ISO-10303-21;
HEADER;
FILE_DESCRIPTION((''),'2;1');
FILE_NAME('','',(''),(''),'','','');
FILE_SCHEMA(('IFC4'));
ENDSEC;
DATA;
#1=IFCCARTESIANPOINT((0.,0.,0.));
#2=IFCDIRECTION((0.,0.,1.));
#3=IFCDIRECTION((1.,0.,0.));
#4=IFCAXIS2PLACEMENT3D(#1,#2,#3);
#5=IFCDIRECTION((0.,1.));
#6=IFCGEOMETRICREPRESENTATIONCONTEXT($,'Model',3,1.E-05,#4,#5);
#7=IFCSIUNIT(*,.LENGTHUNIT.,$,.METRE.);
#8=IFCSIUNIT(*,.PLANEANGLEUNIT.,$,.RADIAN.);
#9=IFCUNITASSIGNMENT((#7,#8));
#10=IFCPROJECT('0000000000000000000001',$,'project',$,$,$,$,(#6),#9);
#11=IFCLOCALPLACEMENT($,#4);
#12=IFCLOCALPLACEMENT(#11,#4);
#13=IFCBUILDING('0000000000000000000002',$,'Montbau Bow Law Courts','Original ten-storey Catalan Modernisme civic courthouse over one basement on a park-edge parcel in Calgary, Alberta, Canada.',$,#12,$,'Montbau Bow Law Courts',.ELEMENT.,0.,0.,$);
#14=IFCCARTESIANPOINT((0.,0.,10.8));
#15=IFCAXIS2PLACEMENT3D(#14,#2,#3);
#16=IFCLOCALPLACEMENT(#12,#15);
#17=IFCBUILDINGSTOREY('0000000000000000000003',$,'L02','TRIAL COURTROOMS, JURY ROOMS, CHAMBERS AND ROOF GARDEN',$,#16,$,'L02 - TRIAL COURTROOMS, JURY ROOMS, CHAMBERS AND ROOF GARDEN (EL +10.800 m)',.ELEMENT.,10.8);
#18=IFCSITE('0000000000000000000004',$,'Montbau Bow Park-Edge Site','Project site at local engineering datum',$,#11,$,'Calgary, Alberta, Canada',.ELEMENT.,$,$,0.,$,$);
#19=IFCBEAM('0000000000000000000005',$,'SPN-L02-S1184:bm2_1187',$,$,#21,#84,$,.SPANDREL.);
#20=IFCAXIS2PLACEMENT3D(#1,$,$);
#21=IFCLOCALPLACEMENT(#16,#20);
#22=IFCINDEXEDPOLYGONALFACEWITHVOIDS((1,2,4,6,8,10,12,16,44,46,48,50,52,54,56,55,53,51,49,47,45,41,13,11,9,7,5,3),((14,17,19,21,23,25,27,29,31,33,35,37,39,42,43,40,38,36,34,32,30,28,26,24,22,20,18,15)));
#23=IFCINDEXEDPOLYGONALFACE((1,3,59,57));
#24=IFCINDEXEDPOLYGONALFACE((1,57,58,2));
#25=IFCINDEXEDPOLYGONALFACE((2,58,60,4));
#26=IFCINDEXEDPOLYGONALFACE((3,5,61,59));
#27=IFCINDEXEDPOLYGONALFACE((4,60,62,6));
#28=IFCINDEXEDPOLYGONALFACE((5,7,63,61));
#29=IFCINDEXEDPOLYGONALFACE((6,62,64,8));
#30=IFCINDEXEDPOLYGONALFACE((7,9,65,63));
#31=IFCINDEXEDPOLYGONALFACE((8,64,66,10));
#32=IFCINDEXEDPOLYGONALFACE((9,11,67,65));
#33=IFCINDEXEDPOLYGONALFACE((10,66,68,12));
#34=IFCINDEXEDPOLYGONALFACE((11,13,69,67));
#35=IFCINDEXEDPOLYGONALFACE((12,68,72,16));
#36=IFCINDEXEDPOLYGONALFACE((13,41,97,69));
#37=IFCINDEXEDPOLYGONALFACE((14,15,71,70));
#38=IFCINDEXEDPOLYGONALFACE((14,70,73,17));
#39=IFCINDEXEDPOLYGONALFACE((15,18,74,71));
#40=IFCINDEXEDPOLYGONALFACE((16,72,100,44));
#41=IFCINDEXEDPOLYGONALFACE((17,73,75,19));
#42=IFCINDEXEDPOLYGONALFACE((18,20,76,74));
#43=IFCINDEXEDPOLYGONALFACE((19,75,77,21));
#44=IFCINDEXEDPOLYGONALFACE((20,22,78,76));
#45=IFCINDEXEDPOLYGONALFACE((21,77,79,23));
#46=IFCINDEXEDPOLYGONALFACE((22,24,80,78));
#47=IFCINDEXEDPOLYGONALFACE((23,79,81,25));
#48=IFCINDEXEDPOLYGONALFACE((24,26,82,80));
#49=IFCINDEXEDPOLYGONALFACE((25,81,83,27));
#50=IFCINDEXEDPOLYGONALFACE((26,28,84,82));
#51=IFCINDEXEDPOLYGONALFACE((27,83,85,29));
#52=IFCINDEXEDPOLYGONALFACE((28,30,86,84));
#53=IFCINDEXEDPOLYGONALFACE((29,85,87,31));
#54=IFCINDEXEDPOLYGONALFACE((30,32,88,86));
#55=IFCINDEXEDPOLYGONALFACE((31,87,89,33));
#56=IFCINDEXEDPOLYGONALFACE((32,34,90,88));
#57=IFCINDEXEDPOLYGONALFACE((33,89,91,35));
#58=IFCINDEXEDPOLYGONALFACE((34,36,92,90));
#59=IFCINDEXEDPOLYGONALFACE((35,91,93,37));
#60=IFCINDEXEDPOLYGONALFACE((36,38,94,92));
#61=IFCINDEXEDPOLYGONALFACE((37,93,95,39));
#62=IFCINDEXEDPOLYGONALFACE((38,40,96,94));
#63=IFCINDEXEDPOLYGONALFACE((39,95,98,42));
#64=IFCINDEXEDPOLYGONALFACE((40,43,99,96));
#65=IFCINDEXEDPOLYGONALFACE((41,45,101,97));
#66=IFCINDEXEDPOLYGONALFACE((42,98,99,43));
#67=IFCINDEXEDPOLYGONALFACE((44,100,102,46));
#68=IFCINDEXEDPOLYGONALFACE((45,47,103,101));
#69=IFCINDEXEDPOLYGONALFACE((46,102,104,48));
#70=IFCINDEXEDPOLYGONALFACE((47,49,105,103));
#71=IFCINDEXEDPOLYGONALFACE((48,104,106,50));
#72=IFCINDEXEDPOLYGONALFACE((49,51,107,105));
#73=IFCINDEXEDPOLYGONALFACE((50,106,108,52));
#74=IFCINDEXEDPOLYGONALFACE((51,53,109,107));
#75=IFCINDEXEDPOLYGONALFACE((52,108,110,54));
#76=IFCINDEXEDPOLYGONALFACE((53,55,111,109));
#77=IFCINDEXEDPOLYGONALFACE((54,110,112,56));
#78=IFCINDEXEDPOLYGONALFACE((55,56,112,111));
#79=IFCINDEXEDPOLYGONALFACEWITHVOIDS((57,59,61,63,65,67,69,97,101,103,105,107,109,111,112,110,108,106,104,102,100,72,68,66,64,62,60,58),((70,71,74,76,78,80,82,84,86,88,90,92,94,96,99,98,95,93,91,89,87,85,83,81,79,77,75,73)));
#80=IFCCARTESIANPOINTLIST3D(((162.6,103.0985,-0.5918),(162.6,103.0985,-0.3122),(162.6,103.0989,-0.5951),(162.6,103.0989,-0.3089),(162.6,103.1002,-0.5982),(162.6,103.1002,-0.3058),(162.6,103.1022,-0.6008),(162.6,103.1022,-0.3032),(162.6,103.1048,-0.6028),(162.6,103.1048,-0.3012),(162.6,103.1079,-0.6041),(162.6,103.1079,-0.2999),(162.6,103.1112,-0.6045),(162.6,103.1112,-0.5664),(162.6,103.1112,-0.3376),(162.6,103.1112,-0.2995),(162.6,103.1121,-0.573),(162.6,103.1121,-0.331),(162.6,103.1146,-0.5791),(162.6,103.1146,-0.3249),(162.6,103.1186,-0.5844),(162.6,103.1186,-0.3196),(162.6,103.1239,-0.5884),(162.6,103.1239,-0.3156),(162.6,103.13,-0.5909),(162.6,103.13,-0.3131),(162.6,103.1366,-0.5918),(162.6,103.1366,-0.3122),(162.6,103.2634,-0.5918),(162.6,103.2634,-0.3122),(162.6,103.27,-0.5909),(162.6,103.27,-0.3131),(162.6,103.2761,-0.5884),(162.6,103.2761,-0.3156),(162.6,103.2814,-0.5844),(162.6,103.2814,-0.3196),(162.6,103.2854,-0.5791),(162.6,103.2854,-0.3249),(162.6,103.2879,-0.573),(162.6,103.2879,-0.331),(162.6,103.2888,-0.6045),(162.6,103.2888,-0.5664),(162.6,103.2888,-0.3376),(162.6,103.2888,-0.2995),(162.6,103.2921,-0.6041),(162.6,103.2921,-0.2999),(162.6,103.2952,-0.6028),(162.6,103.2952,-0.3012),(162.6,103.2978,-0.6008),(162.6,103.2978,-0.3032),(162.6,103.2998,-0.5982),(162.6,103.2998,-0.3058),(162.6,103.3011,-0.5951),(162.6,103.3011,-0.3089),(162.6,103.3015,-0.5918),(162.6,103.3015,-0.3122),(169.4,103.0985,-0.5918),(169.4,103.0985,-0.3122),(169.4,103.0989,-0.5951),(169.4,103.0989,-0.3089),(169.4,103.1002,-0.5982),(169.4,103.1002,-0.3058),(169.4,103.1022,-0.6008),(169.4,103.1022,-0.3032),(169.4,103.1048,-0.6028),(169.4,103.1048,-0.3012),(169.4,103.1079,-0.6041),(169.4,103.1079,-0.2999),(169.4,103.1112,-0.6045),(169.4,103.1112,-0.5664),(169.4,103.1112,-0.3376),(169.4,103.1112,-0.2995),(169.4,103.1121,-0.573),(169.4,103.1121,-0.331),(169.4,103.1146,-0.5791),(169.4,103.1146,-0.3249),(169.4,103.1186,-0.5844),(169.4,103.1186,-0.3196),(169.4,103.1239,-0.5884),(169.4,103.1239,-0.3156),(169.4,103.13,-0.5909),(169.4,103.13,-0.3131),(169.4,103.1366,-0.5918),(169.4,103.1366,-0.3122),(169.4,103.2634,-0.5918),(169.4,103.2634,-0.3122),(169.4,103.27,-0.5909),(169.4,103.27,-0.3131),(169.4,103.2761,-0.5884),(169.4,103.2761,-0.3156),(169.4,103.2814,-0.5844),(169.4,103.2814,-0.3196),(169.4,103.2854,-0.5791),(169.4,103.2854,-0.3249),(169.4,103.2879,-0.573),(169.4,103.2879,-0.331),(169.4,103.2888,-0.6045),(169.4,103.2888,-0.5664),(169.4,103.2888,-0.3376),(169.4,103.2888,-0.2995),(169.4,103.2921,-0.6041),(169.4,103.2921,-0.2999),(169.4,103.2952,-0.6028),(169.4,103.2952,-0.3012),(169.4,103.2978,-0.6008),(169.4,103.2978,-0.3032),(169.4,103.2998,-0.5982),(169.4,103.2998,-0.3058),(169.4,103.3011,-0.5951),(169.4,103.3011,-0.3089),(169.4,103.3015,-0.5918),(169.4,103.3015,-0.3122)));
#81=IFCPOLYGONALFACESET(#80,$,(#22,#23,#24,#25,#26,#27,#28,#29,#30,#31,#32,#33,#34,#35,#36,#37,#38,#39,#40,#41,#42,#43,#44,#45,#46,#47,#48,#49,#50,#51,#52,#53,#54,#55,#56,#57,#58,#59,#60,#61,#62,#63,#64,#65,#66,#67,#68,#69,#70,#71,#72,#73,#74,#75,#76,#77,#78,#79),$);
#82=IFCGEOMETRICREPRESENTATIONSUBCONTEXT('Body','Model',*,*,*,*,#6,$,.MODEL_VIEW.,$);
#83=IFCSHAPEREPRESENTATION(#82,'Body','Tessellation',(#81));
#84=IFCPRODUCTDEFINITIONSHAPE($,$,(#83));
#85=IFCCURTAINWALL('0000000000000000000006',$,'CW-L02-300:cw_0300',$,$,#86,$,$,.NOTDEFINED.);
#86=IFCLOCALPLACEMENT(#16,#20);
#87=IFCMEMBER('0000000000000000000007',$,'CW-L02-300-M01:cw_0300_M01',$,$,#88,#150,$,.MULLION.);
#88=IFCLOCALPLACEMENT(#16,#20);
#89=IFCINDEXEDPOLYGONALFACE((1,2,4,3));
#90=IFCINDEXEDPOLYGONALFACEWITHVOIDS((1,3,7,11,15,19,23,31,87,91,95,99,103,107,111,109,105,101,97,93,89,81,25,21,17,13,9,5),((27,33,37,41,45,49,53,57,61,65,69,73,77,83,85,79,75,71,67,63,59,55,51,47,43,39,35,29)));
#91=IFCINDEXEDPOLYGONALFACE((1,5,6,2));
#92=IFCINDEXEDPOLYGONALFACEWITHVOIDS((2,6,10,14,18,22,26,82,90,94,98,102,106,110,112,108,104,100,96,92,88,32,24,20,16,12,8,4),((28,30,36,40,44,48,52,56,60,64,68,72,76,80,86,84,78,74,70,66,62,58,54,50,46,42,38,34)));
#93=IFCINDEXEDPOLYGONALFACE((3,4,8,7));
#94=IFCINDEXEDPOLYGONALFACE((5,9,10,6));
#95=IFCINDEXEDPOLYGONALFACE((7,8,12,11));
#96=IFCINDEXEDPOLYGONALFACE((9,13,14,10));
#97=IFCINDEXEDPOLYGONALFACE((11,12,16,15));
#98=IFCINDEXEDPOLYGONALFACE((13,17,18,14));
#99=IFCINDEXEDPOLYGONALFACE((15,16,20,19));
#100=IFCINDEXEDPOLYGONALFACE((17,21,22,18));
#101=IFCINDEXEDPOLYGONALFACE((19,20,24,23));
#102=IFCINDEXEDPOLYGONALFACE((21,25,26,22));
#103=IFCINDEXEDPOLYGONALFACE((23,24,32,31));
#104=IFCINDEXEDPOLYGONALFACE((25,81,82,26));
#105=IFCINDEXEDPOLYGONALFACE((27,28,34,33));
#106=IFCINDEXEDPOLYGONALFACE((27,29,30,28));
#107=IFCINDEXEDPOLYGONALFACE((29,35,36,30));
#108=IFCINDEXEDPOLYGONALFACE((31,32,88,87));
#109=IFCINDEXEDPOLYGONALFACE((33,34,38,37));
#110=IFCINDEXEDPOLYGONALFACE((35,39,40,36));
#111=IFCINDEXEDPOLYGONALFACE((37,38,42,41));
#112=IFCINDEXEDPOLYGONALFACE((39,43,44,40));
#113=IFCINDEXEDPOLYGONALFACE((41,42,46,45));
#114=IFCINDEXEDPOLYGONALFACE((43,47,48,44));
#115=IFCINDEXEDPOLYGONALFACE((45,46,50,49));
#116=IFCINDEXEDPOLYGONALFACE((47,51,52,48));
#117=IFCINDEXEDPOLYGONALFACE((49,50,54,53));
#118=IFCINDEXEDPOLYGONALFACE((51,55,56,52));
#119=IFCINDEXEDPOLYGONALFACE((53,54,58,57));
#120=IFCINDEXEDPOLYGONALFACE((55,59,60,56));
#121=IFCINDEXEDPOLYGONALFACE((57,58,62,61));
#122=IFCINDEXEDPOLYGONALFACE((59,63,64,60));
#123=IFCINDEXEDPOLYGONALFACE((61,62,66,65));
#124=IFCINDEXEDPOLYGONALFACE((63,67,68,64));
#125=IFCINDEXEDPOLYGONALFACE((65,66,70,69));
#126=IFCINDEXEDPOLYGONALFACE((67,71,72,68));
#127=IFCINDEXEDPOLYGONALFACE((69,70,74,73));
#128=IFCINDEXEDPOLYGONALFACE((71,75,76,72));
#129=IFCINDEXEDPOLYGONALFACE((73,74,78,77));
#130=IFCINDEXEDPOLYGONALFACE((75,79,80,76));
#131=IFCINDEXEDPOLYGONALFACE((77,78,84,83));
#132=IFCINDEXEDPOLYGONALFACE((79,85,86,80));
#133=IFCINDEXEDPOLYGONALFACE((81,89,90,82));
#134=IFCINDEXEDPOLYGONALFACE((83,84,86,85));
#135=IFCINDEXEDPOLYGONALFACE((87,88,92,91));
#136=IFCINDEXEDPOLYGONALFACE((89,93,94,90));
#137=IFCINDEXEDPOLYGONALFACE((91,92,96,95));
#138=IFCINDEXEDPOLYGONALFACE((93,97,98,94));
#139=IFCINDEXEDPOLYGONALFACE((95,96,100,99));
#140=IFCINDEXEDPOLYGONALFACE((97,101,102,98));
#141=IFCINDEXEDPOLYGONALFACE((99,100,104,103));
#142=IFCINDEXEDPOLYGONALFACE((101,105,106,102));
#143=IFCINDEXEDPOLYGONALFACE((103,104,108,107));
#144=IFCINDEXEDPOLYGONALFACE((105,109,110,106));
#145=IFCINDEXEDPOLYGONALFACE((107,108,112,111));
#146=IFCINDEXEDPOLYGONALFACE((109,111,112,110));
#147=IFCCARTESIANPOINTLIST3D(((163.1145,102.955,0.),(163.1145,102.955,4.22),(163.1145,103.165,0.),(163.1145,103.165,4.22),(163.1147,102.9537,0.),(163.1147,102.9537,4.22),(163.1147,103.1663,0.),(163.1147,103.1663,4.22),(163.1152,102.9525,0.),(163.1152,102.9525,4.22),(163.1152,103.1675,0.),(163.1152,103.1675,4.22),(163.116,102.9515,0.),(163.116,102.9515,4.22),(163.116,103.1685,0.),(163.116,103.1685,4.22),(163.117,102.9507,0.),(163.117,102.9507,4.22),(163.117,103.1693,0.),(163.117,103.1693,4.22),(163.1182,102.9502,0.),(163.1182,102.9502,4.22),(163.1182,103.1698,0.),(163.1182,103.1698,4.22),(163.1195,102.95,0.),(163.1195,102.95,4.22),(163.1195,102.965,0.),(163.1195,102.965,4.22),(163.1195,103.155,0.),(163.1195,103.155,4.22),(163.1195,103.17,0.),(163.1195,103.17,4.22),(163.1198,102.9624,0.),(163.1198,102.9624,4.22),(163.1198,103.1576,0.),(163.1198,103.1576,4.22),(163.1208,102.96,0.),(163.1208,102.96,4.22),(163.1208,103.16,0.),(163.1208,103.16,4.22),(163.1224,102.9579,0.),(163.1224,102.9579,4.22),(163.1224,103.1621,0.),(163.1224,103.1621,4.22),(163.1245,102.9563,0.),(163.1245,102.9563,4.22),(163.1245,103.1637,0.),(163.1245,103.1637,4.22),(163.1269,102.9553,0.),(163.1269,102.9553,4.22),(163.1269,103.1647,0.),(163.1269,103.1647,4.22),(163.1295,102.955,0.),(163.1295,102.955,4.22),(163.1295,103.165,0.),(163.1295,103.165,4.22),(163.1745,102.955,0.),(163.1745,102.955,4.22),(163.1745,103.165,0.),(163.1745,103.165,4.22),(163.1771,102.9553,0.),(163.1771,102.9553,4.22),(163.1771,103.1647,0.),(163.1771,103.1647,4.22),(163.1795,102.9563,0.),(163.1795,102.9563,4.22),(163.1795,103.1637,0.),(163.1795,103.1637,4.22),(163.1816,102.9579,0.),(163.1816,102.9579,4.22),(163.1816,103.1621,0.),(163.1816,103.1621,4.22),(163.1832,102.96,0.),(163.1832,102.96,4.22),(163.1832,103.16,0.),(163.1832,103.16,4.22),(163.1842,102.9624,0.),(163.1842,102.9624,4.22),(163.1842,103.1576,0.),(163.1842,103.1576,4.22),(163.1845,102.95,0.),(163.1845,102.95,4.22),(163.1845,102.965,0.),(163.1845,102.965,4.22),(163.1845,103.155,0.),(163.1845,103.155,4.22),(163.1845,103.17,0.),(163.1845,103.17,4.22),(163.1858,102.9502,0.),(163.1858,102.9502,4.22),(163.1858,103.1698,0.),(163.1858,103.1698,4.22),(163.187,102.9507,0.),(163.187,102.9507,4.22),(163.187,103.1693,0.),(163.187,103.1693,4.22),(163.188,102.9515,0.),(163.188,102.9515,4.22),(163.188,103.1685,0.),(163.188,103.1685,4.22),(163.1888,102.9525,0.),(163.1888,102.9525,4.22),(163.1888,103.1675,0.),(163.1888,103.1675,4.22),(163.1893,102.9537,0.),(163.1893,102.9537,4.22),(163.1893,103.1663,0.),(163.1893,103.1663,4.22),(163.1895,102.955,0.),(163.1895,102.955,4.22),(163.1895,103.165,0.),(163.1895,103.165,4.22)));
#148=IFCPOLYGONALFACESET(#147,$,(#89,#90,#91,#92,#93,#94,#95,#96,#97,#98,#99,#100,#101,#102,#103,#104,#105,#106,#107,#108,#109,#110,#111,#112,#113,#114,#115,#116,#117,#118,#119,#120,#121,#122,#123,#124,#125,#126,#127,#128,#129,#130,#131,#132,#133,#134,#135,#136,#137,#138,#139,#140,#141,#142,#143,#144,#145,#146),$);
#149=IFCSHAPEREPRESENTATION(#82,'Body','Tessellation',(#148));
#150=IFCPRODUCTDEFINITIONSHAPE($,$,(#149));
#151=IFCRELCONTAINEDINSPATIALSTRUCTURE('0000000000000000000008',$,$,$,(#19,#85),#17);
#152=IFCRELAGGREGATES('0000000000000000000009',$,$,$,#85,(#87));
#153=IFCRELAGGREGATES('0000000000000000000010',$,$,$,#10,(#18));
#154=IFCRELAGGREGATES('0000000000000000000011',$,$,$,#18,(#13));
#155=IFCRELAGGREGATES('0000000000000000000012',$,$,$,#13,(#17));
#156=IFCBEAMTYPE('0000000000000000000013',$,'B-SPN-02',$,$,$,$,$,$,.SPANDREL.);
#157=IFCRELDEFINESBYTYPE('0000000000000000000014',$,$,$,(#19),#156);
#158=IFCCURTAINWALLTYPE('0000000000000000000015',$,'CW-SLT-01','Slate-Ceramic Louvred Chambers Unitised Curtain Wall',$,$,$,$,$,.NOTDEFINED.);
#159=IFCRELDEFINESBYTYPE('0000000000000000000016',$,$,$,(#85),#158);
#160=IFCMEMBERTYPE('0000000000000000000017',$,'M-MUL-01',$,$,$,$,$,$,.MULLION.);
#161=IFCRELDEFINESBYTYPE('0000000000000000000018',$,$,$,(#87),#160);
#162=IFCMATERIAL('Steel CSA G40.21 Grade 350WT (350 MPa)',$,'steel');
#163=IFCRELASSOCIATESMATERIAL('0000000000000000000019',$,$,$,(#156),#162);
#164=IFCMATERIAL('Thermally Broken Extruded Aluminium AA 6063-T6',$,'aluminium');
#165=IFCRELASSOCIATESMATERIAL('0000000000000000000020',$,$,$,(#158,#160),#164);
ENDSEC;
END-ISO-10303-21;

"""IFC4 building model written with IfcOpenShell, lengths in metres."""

from ifc_helpers import new_model, si_unit, direction, frame, origin_with_axes, origin_2d_with_axis, place, context, subcontext, project, spatial, hollow_rectangle, extrude, material, material_profile, profile_set, type_object, element, aggregate, save


model = new_model("IFC4")

# Units and contexts
model_context = context("Model", 3, precision=1e-05, world=origin_with_axes(), true_north=direction((0.0, 1.0)))
body_context = subcontext(model_context, "Body", "Model", "MODEL_VIEW")
ifc_project = project(units=[si_unit("LENGTHUNIT", "METRE"), si_unit("PLANEANGLEUNIT", "RADIAN")], contexts=[model_context])

# Site, building, storey
site_placement = place(None, origin_with_axes())
site = spatial("IfcSite", under=ifc_project, at=site_placement, Name="Montbau Bow Park-Edge Site", Description="Project site at local engineering datum", LongName="Calgary, Alberta, Canada", CompositionType="ELEMENT", RefElevation=0.0)
building_placement = place(site_placement, origin_with_axes())
building = spatial("IfcBuilding", under=site, at=building_placement, Name="Montbau Bow Law Courts", Description="Original ten-storey Catalan Modernisme civic courthouse over one basement on a park-edge parcel in Calgary, Alberta, Canada.", LongName="Montbau Bow Law Courts", CompositionType="ELEMENT", ElevationOfRefHeight=0.0, ElevationOfTerrain=0.0)
storey_placement = place(building_placement, frame((0.0, 0.0, 10.8), z_axis=(0.0, 0.0, 1.0), x_axis=(1.0, 0.0, 0.0)))
storey = spatial("IfcBuildingStorey", under=building, at=storey_placement, Name="L02", Description="TRIAL COURTROOMS, JURY ROOMS, CHAMBERS AND ROOF GARDEN", LongName="L02 - TRIAL COURTROOMS, JURY ROOMS, CHAMBERS AND ROOF GARDEN (EL +10.800 m)", CompositionType="ELEMENT", Elevation=10.8)

# Beam
ifc_material_1 = material(Name="Steel CSA G40.21 Grade 350WT (350 MPa)", Category="steel")
ifc_material_profile_1 = material_profile(ifc_material_1, hollow_rectangle(XDim=0.203, YDim=0.305, WallThickness=0.0127, InnerFilletRadius=0.0254, OuterFilletRadius=0.0127, at=origin_2d_with_axis()), Name="HSS305X203X13", Category="Main", Priority=0)
ifc_profile_set_1 = profile_set([ifc_material_profile_1], Name="Steel CSA G40.21 Grade 350WT (350 MPa)")
beam_type_1 = type_object("IfcBeamType", Name="B-SPN-02", PredefinedType="SPANDREL", material=ifc_profile_set_1)
beam_1_placement = place(None, frame((162.6, 103.2, 10.348), z_axis=(1.0, 0.0, 0.0), x_axis=(0.0, 1.0, 0.0)))
element("IfcBeam", 1, at=beam_1_placement, inside=storey, type_object=beam_type_1, Name="SPN-L02-S1184:bm2_1187", PredefinedType="SPANDREL", context=body_context, shape_type="SweptSolid", body=[
    extrude(hollow_rectangle(XDim=0.203, YDim=0.305, WallThickness=0.0127, InnerFilletRadius=0.0254, OuterFilletRadius=0.0127, at=origin_2d_with_axis()), origin_with_axes(), (0.0, 0.0, 1.0), 6.8),
])

# Curtain wall, member
ifc_material_2 = material(Name="Thermally Broken Extruded Aluminium AA 6063-T6", Category="aluminium")
curtain_wall_type = type_object("IfcCurtainWallType", Name="CW-SLT-01", Description="Slate-Ceramic Louvred Chambers Unitised Curtain Wall", PredefinedType="NOTDEFINED", material=ifc_material_2)
curtain_wall_1_placement = place(None, frame((163.115, 103.06, 10.8), z_axis=(0.0, 0.0, 1.0), x_axis=(1.0, 0.0, 0.0)))
curtain_wall_1 = element("IfcCurtainWall", 2, at=curtain_wall_1_placement, inside=storey, type_object=curtain_wall_type, Name="CW-L02-300:cw_0300", PredefinedType="NOTDEFINED")
ifc_material_profile_2 = material_profile(ifc_material_2, hollow_rectangle(XDim=0.075, YDim=0.22, WallThickness=0.005, InnerFilletRadius=0.01, OuterFilletRadius=0.005, at=origin_2d_with_axis()), Name="CWM-220X75", Category="Main", Priority=0)
ifc_profile_set_2 = profile_set([ifc_material_profile_2], Name="Thermally Broken Extruded Aluminium AA 6063-T6")
member_type_1 = type_object("IfcMemberType", Name="M-MUL-01", PredefinedType="MULLION", material=ifc_profile_set_2)
member_1_placement = place(None, frame((163.152, 103.06, 10.8), z_axis=(0.0, 0.0, 1.0), x_axis=(1.0, 0.0, 0.0)))
member_1 = element("IfcMember", 3, at=member_1_placement, type_object=member_type_1, Name="CW-L02-300-M01:cw_0300_M01", PredefinedType="MULLION", context=body_context, shape_type="SweptSolid", body=[
    extrude(hollow_rectangle(XDim=0.075, YDim=0.22, WallThickness=0.005, InnerFilletRadius=0.01, OuterFilletRadius=0.005, at=origin_2d_with_axis()), origin_with_axes(), (0.0, 0.0, 1.0), 4.22),
])
aggregate(curtain_wall_1, [member_1])

save(model, "model.ifc")
